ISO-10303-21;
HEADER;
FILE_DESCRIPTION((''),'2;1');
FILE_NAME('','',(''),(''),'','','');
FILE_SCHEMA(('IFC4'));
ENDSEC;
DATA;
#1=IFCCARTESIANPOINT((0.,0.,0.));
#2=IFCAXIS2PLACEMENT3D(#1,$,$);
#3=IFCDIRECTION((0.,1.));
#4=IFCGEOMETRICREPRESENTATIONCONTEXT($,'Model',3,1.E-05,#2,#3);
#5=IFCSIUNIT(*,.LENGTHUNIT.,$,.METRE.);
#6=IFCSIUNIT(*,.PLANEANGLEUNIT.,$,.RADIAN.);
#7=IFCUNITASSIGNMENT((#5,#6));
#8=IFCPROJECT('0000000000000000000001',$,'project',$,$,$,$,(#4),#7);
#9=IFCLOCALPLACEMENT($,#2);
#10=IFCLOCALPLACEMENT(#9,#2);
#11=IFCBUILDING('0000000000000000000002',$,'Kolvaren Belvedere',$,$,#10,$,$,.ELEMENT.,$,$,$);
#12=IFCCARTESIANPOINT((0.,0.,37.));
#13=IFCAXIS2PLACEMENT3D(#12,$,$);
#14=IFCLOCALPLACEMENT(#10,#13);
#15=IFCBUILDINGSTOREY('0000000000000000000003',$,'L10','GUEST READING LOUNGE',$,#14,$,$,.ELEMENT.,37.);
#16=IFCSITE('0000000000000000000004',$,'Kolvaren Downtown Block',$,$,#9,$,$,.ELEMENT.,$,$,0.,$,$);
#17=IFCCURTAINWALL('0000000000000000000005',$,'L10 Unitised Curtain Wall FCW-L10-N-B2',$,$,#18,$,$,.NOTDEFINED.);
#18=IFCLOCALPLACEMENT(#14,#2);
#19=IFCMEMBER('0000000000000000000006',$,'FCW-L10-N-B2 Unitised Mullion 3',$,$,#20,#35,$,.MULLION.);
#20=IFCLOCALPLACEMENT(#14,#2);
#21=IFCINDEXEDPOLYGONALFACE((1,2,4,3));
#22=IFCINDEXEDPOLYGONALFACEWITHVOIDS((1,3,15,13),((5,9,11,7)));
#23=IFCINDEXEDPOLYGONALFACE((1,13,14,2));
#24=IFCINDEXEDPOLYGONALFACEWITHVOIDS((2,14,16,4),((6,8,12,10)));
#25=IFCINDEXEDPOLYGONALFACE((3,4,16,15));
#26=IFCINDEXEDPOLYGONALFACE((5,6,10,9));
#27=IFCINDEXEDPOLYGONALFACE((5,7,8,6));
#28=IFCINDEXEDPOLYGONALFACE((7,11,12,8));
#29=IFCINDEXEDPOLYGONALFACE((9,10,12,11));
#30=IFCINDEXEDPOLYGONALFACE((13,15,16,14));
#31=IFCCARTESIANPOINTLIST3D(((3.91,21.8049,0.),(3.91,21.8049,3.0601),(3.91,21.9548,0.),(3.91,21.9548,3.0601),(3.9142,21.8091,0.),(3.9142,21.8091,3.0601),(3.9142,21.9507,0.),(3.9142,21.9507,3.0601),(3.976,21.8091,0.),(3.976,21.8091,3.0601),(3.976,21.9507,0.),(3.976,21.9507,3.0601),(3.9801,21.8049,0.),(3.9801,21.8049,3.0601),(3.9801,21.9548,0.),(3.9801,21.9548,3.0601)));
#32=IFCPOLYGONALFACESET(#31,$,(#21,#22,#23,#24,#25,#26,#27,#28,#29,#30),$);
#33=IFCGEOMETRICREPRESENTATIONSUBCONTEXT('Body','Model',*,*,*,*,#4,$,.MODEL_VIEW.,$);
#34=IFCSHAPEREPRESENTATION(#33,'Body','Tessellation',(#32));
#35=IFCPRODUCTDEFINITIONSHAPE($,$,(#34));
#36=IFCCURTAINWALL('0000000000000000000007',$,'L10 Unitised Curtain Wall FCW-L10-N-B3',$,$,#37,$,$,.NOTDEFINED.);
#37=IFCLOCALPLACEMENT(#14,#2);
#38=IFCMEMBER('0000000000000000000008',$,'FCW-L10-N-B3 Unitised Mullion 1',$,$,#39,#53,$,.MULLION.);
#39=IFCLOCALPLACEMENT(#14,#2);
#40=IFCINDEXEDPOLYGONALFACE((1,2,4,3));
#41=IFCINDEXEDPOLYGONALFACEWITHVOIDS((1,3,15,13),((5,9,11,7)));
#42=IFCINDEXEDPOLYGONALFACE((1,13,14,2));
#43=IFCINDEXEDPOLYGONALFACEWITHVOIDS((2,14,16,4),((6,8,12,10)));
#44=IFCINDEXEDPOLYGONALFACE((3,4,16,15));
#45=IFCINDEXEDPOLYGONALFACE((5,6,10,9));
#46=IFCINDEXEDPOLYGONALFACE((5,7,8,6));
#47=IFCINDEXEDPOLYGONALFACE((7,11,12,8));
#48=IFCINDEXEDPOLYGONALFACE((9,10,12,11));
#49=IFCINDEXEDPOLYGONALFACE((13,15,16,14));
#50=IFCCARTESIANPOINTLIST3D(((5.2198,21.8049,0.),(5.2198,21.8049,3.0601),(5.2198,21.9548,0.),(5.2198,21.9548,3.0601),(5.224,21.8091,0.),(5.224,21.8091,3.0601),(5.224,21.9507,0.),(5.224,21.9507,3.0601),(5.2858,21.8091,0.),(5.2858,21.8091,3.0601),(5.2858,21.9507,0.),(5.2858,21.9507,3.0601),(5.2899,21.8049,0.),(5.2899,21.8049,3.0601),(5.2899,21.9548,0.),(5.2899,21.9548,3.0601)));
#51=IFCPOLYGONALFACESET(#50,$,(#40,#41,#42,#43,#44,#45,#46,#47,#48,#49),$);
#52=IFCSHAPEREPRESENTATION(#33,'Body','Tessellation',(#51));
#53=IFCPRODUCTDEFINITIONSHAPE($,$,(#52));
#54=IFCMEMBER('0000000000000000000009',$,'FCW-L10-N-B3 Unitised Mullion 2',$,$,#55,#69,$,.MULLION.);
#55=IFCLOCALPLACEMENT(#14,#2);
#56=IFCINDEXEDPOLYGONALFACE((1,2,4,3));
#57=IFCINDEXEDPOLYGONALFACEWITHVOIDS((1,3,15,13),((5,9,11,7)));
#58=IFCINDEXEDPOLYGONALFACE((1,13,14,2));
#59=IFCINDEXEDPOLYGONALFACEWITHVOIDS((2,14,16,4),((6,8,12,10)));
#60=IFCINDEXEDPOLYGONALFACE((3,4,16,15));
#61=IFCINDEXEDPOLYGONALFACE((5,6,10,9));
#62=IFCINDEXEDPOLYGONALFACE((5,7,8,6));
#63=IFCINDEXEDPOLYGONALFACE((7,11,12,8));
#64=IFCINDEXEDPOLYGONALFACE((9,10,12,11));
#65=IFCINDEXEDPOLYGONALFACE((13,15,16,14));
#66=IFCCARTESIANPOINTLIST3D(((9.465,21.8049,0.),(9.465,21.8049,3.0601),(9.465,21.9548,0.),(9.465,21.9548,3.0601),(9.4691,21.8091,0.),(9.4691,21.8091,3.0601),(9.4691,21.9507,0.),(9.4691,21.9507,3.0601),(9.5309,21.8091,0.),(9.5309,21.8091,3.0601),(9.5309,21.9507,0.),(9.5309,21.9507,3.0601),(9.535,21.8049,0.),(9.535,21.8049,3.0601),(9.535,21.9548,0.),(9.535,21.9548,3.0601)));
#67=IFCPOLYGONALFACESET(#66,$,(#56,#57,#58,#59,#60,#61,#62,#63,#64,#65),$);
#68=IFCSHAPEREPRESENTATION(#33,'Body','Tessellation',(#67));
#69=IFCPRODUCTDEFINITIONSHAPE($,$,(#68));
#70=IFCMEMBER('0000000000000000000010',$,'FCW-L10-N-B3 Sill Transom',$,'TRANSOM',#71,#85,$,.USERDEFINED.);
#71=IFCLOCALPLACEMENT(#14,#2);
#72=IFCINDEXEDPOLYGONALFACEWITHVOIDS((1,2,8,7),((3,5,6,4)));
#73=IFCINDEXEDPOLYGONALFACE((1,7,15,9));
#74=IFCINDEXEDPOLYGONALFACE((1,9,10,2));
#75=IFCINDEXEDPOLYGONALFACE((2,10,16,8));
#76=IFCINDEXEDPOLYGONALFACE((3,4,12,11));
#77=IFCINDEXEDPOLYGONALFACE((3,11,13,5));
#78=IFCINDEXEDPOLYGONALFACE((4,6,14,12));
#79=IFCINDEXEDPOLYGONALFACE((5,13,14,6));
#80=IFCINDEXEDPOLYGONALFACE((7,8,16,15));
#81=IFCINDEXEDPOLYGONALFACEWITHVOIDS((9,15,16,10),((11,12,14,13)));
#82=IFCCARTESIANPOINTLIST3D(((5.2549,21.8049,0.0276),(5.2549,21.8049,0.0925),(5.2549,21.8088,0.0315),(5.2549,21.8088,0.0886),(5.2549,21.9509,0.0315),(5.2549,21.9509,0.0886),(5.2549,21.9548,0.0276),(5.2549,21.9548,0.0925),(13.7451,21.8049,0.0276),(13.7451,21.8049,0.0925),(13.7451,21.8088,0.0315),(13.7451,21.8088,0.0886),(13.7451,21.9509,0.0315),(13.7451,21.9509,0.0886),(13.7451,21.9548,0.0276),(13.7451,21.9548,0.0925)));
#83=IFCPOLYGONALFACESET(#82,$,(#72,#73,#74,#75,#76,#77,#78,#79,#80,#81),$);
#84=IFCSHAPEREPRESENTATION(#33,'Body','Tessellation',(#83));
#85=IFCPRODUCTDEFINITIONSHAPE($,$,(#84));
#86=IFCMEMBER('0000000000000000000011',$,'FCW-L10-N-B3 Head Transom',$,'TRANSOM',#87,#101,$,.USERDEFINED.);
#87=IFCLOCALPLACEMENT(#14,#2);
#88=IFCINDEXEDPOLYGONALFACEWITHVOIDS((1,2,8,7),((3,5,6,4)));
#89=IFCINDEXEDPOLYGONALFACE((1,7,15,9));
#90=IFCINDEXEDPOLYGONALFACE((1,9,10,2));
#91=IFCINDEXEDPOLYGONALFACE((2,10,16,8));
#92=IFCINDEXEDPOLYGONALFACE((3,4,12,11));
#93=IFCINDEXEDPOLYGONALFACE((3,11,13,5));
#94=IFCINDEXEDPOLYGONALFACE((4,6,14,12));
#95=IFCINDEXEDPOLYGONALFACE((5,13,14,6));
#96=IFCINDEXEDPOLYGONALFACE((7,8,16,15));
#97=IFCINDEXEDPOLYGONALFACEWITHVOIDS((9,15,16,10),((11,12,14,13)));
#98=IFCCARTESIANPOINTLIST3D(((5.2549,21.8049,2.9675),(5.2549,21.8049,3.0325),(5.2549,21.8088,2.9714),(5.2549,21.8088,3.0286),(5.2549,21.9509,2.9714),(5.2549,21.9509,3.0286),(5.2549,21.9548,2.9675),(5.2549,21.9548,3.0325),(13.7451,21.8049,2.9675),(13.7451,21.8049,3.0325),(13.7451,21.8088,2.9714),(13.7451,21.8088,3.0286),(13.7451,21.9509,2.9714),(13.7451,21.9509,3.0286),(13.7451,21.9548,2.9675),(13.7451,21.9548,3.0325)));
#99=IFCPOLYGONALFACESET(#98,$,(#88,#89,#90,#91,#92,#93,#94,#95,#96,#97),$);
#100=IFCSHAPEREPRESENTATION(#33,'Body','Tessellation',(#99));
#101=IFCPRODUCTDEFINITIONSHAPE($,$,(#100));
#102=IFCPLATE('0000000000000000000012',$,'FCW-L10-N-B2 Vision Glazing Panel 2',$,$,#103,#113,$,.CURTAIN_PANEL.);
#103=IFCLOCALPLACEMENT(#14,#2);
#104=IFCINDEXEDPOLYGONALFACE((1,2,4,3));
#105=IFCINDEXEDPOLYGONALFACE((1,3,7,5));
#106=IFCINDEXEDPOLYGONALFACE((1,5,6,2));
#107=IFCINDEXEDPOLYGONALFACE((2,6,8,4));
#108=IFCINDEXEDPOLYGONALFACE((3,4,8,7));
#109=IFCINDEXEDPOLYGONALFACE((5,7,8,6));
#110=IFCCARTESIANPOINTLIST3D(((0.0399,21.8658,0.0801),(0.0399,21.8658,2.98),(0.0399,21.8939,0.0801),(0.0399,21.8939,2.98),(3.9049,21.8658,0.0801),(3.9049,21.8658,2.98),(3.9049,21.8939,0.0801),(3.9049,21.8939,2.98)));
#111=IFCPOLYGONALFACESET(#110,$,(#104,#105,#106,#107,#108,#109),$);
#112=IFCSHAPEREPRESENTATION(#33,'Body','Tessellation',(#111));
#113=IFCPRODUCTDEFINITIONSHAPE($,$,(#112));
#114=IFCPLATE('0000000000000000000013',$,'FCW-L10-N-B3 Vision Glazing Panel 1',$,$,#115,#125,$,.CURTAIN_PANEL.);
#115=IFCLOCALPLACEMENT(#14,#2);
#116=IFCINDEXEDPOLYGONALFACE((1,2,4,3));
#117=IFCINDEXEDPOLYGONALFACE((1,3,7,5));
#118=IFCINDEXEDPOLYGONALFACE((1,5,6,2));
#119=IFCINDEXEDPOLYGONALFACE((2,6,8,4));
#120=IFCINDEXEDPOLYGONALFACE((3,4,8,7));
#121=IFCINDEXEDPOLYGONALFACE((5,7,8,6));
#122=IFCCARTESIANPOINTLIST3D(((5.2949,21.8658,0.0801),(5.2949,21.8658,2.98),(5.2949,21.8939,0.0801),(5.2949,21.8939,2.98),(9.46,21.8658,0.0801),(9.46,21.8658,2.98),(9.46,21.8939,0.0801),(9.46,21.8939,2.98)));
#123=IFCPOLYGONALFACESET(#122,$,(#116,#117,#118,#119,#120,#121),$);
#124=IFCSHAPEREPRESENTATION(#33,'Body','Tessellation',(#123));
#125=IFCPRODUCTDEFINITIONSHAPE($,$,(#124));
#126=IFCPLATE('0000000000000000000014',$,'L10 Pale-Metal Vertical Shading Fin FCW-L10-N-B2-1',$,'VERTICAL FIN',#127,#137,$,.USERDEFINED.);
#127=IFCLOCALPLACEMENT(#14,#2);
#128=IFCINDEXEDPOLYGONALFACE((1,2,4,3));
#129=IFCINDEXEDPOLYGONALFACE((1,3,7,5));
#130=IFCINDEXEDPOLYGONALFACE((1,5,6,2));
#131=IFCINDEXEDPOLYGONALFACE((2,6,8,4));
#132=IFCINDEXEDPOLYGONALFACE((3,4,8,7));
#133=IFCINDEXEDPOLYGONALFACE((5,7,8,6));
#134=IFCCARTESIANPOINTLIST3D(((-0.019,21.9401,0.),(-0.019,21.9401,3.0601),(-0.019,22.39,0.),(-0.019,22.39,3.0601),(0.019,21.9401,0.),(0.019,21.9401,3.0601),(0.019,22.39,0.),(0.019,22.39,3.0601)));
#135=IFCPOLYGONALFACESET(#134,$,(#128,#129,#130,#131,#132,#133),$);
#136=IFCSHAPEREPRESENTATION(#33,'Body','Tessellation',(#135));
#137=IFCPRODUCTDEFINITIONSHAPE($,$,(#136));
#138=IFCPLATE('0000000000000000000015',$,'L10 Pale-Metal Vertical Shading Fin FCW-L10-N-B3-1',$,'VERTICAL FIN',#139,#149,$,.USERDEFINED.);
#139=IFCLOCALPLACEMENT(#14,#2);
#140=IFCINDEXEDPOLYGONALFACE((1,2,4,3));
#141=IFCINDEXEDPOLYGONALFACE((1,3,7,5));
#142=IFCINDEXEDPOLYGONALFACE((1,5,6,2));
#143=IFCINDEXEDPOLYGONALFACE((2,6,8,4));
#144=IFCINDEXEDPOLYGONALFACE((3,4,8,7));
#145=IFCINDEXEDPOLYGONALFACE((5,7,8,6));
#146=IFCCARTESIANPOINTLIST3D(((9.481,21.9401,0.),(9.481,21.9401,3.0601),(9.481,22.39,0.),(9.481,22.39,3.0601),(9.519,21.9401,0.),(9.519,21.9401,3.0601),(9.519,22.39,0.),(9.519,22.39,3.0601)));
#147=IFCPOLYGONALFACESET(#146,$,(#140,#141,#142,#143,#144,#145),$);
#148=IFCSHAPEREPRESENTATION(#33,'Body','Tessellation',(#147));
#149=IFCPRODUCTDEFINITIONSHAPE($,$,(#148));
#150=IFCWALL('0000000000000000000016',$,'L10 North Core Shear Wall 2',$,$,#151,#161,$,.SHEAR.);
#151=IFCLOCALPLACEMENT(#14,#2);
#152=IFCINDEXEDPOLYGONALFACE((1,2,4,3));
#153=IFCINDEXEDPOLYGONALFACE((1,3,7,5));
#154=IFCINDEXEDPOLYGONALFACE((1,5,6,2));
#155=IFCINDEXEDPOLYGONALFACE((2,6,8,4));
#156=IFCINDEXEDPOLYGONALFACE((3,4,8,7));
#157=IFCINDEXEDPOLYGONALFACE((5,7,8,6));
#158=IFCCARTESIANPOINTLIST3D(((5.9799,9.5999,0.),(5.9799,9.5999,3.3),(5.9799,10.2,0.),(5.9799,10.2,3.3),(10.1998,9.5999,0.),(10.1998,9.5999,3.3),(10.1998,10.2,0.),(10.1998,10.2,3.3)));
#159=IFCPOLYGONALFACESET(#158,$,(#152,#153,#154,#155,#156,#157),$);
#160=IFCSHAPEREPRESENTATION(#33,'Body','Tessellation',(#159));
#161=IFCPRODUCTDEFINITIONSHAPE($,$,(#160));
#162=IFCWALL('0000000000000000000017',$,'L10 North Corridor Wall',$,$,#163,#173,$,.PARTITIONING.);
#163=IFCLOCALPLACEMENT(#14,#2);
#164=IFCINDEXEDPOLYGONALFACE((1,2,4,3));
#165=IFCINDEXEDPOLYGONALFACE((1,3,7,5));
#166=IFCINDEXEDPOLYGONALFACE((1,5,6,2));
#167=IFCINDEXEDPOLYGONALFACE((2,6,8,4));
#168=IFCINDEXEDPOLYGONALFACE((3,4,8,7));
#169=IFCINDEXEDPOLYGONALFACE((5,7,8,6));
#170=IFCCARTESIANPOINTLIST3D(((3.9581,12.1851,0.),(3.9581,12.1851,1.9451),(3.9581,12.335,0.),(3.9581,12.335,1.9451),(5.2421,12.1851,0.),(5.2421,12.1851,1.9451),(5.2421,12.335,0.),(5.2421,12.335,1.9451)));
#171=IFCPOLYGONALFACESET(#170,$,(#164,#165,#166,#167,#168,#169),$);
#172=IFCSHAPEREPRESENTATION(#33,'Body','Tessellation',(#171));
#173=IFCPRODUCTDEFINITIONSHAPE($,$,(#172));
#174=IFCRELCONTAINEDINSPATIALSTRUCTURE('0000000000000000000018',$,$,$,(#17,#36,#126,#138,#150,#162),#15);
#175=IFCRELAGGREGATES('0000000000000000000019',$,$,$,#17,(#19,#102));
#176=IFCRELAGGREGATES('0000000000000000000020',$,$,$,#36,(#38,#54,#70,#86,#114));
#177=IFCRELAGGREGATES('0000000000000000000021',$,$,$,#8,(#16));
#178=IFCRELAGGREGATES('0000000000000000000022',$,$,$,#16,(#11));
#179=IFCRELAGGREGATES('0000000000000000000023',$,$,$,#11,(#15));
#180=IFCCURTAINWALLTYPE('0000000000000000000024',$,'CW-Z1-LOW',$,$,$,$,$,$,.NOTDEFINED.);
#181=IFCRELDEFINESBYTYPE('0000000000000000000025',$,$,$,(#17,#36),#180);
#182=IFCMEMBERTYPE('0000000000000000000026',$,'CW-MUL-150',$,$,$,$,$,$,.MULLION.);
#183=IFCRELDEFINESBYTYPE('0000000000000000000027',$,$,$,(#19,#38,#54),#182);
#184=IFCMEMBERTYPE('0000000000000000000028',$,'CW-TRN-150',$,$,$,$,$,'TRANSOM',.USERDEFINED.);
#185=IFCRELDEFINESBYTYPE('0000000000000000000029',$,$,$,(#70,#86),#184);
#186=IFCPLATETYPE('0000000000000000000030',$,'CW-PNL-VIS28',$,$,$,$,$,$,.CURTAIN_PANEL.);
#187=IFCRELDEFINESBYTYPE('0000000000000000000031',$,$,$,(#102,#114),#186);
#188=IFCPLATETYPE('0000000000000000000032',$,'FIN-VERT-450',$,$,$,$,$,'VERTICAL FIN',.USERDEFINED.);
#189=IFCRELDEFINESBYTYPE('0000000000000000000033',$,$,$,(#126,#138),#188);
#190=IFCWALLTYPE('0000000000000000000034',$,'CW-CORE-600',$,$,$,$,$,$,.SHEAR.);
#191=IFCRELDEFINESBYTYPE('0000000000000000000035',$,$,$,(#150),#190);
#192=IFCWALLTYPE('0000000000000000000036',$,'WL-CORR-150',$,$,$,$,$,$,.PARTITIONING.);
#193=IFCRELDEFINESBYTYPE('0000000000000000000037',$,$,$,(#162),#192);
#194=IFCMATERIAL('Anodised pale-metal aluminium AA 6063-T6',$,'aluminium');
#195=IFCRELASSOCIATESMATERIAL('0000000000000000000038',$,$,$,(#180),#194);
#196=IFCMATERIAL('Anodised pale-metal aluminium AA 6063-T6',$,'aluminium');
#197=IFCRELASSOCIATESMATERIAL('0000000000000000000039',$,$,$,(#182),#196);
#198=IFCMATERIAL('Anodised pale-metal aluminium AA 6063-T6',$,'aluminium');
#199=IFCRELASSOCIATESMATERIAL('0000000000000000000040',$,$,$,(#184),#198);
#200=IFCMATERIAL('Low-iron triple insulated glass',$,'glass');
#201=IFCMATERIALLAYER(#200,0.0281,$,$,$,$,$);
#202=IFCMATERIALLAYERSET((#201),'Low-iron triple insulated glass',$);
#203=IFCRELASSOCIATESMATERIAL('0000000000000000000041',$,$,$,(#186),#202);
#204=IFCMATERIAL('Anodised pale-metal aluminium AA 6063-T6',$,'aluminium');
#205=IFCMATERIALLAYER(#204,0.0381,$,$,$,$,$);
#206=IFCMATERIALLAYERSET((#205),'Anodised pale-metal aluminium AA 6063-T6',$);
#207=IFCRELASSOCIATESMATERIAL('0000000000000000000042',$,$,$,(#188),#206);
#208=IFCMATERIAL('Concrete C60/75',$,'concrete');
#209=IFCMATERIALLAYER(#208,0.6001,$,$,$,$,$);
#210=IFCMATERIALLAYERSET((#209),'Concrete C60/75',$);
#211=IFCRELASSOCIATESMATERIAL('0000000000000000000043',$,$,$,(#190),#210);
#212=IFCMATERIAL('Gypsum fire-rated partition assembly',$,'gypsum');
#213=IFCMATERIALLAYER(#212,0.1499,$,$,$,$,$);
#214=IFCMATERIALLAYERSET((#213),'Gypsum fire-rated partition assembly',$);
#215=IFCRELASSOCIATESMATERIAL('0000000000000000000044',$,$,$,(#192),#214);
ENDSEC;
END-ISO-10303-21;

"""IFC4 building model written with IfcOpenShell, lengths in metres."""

from ifc_helpers import new_model, si_unit, direction, frame, frame_2d, origin, origin_2d, place, context, subcontext, project, spatial, rectangle, hollow_rectangle, extrude, material, layer, layer_set, material_profile, profile_set, type_object, element, aggregate, save


model = new_model("IFC4")

# Units and contexts
model_context = context("Model", 3, precision=1e-05, world=origin(), true_north=direction((0.0, 1.0)))
body_context = subcontext(model_context, "Body", "Model", "MODEL_VIEW")
ifc_project = project(units=[si_unit("LENGTHUNIT", "METRE"), si_unit("PLANEANGLEUNIT", "RADIAN")], contexts=[model_context])

# Site, building, storey
site_placement = place(None, origin())
site = spatial("IfcSite", under=ifc_project, at=site_placement, Name="Kolvaren Downtown Block", CompositionType="ELEMENT", RefElevation=0.0)
building_placement = place(site_placement, origin())
building = spatial("IfcBuilding", under=site, at=building_placement, Name="Kolvaren Belvedere", CompositionType="ELEMENT")
storey_placement = place(building_placement, frame((0.0, 0.0, 37.0)))
storey = spatial("IfcBuildingStorey", under=building, at=storey_placement, Name="L10", Description="GUEST READING LOUNGE", CompositionType="ELEMENT", Elevation=37.0)

# Curtain walls, members
ifc_material_1 = material(Name="Anodised pale-metal aluminium AA 6063-T6", Category="aluminium")
curtain_wall_type = type_object("IfcCurtainWallType", Name="CW-Z1-LOW", PredefinedType="NOTDEFINED", material=ifc_material_1)
curtain_wall_1_placement = place(storey_placement, origin())
curtain_wall_1 = element("IfcCurtainWall", 1, at=curtain_wall_1_placement, inside=storey, type_object=curtain_wall_type, Name="L10 Unitised Curtain Wall FCW-L10-N-B2", PredefinedType="NOTDEFINED")
ifc_material_2 = material(Name="Anodised pale-metal aluminium AA 6063-T6", Category="aluminium")
ifc_material_profile_1 = material_profile(ifc_material_2, hollow_rectangle(XDim=0.0701, YDim=0.1499, WallThickness=0.0042, at=origin_2d()), Name="ALU-MUL-150X70")
ifc_profile_set_1 = profile_set([ifc_material_profile_1], Name="Anodised pale-metal aluminium AA 6063-T6")
member_type_1 = type_object("IfcMemberType", Name="CW-MUL-150", PredefinedType="MULLION", material=ifc_profile_set_1)
member_1_placement = place(storey_placement, frame((3.9451, 21.8799, 0.0), z_axis=(0.0, 0.0, 1.0), x_axis=(1.0, 0.0, 0.0)))
member_1 = element("IfcMember", 2, at=member_1_placement, type_object=member_type_1, Name="FCW-L10-N-B2 Unitised Mullion 3", PredefinedType="MULLION", context=body_context, shape_type="SweptSolid", body=[
    extrude(hollow_rectangle(XDim=0.0701, YDim=0.1499, WallThickness=0.0042, at=origin_2d()), origin(), (0.0, 0.0, 1.0), 3.0601),
])
curtain_wall_2_placement = place(storey_placement, origin())
curtain_wall_2 = element("IfcCurtainWall", 3, at=curtain_wall_2_placement, inside=storey, type_object=curtain_wall_type, Name="L10 Unitised Curtain Wall FCW-L10-N-B3", PredefinedType="NOTDEFINED")
member_2_placement = place(storey_placement, frame((5.2549, 21.8799, 0.0), z_axis=(0.0, 0.0, 1.0), x_axis=(1.0, 0.0, 0.0)))
member_2 = element("IfcMember", 4, at=member_2_placement, type_object=member_type_1, Name="FCW-L10-N-B3 Unitised Mullion 1", PredefinedType="MULLION", context=body_context, shape_type="SweptSolid", body=[
    extrude(hollow_rectangle(XDim=0.0701, YDim=0.1499, WallThickness=0.0042, at=origin_2d()), origin(), (0.0, 0.0, 1.0), 3.0601),
])
member_3_placement = place(storey_placement, frame((9.5, 21.8799, 0.0), z_axis=(0.0, 0.0, 1.0), x_axis=(1.0, 0.0, 0.0)))
member_3 = element("IfcMember", 5, at=member_3_placement, type_object=member_type_1, Name="FCW-L10-N-B3 Unitised Mullion 2", PredefinedType="MULLION", context=body_context, shape_type="SweptSolid", body=[
    extrude(hollow_rectangle(XDim=0.0701, YDim=0.1499, WallThickness=0.0042, at=origin_2d()), origin(), (0.0, 0.0, 1.0), 3.0601),
])
ifc_material_3 = material(Name="Anodised pale-metal aluminium AA 6063-T6", Category="aluminium")
ifc_material_profile_2 = material_profile(ifc_material_3, hollow_rectangle(XDim=0.0649, YDim=0.1499, WallThickness=0.0039, at=origin_2d()), Name="ALU-TRN-150X65")
ifc_profile_set_2 = profile_set([ifc_material_profile_2], Name="Anodised pale-metal aluminium AA 6063-T6")
member_type_2 = type_object("IfcMemberType", Name="CW-TRN-150", ElementType="TRANSOM", PredefinedType="USERDEFINED", material=ifc_profile_set_2)
member_4_placement = place(storey_placement, frame((5.2549, 21.8799, 0.0601), z_axis=(1.0, 0.0, 0.0), x_axis=(0.0, 0.0, 1.0)))
member_4 = element("IfcMember", 6, at=member_4_placement, type_object=member_type_2, Name="FCW-L10-N-B3 Sill Transom", ObjectType="TRANSOM", PredefinedType="USERDEFINED", context=body_context, shape_type="SweptSolid", body=[
    extrude(hollow_rectangle(XDim=0.0649, YDim=0.1499, WallThickness=0.0039, at=origin_2d()), origin(), (0.0, 0.0, 1.0), 8.4902),
])
member_5_placement = place(storey_placement, frame((5.2549, 21.8799, 3.0), z_axis=(1.0, 0.0, 0.0), x_axis=(0.0, 0.0, 1.0)))
member_5 = element("IfcMember", 7, at=member_5_placement, type_object=member_type_2, Name="FCW-L10-N-B3 Head Transom", ObjectType="TRANSOM", PredefinedType="USERDEFINED", context=body_context, shape_type="SweptSolid", body=[
    extrude(hollow_rectangle(XDim=0.0649, YDim=0.1499, WallThickness=0.0039, at=origin_2d()), origin(), (0.0, 0.0, 1.0), 8.4902),
])

# Plates
ifc_material_4 = material(Name="Low-iron triple insulated glass", Category="glass")
ifc_layer_1 = layer(ifc_material_4, 0.0281)
ifc_layer_set_1 = layer_set([ifc_layer_1], Name="Low-iron triple insulated glass")
plate_type_1 = type_object("IfcPlateType", Name="CW-PNL-VIS28", PredefinedType="CURTAIN_PANEL", material=ifc_layer_set_1)
plate_1_placement = place(storey_placement, frame((1.9724, 21.8799, 0.0801), z_axis=(0.0, 0.0, 1.0), x_axis=(1.0, 0.0, 0.0)))
plate_1 = element("IfcPlate", 8, at=plate_1_placement, type_object=plate_type_1, Name="FCW-L10-N-B2 Vision Glazing Panel 2", PredefinedType="CURTAIN_PANEL", context=body_context, shape_type="SweptSolid", body=[
    extrude(rectangle(XDim=3.865, YDim=0.0281, at=origin_2d()), origin(), (0.0, 0.0, 1.0), 2.8999),
])
aggregate(curtain_wall_1, [member_1, plate_1])
plate_2_placement = place(storey_placement, frame((7.3774, 21.8799, 0.0801), z_axis=(0.0, 0.0, 1.0), x_axis=(1.0, 0.0, 0.0)))
plate_2 = element("IfcPlate", 9, at=plate_2_placement, type_object=plate_type_1, Name="FCW-L10-N-B3 Vision Glazing Panel 1", PredefinedType="CURTAIN_PANEL", context=body_context, shape_type="SweptSolid", body=[
    extrude(rectangle(XDim=4.165, YDim=0.0281, at=origin_2d()), origin(), (0.0, 0.0, 1.0), 2.8999),
])
aggregate(curtain_wall_2, [member_2, member_3, member_4, member_5, plate_2])

# Plates
ifc_material_5 = material(Name="Anodised pale-metal aluminium AA 6063-T6", Category="aluminium")
ifc_layer_2 = layer(ifc_material_5, 0.0381)
ifc_layer_set_2 = layer_set([ifc_layer_2], Name="Anodised pale-metal aluminium AA 6063-T6")
plate_type_2 = type_object("IfcPlateType", Name="FIN-VERT-450", ElementType="VERTICAL FIN", PredefinedType="USERDEFINED", material=ifc_layer_set_2)
for number, where, z_axis, x_axis, name in (
    (10, (0.0, 22.165, 0.0), (0.0, 0.0, 1.0), (0.0, 1.0, 0.0), "L10 Pale-Metal Vertical Shading Fin FCW-L10-N-B2-1"),
    (11, (9.5, 22.165, 0.0), (0.0, 0.0, 1.0), (0.0, 1.0, 0.0), "L10 Pale-Metal Vertical Shading Fin FCW-L10-N-B3-1"),
):
    element("IfcPlate", number, at=place(storey_placement, frame(where, z_axis=z_axis, x_axis=x_axis)), inside=storey, type_object=plate_type_2, Name=name, ObjectType="VERTICAL FIN", PredefinedType="USERDEFINED", context=body_context, shape_type="SweptSolid", body=[
        extrude(rectangle(XDim=0.45, YDim=0.0381, at=origin_2d()), origin(), (0.0, 0.0, 1.0), 3.0601),
    ])

# Walls
ifc_material_6 = material(Name="Concrete C60/75", Category="concrete")
ifc_layer_3 = layer(ifc_material_6, 0.6001)
ifc_layer_set_3 = layer_set([ifc_layer_3], Name="Concrete C60/75")
wall_type_1 = type_object("IfcWallType", Name="CW-CORE-600", PredefinedType="SHEAR", material=ifc_layer_set_3)
wall_1_placement = place(storey_placement, frame((5.98, 9.8999, 0.0), z_axis=(0.0, 0.0, 1.0), x_axis=(1.0, 0.0, 0.0)))
element("IfcWall", 12, at=wall_1_placement, inside=storey, type_object=wall_type_1, Name="L10 North Core Shear Wall 2", PredefinedType="SHEAR", context=body_context, shape_type="SweptSolid", body=[
    extrude(rectangle(XDim=4.22, YDim=0.6001, at=frame_2d((2.1099, 0.0))), origin(), (0.0, 0.0, 1.0), 3.3),
])
ifc_material_7 = material(Name="Gypsum fire-rated partition assembly", Category="gypsum")
ifc_layer_4 = layer(ifc_material_7, 0.1499)
ifc_layer_set_4 = layer_set([ifc_layer_4], Name="Gypsum fire-rated partition assembly")
wall_type_2 = type_object("IfcWallType", Name="WL-CORR-150", PredefinedType="PARTITIONING", material=ifc_layer_set_4)
wall_2_placement = place(storey_placement, frame((3.958, 12.26, 0.0), z_axis=(0.0, 0.0, 1.0), x_axis=(1.0, 0.0, 0.0)))
element("IfcWall", 13, at=wall_2_placement, inside=storey, type_object=wall_type_2, Name="L10 North Corridor Wall", PredefinedType="PARTITIONING", context=body_context, shape_type="SweptSolid", body=[
    extrude(rectangle(XDim=1.2839, YDim=0.1499, at=frame_2d((0.6421, 0.0))), origin(), (0.0, 0.0, 1.0), 1.9451),
])

save(model, "model.ifc")
